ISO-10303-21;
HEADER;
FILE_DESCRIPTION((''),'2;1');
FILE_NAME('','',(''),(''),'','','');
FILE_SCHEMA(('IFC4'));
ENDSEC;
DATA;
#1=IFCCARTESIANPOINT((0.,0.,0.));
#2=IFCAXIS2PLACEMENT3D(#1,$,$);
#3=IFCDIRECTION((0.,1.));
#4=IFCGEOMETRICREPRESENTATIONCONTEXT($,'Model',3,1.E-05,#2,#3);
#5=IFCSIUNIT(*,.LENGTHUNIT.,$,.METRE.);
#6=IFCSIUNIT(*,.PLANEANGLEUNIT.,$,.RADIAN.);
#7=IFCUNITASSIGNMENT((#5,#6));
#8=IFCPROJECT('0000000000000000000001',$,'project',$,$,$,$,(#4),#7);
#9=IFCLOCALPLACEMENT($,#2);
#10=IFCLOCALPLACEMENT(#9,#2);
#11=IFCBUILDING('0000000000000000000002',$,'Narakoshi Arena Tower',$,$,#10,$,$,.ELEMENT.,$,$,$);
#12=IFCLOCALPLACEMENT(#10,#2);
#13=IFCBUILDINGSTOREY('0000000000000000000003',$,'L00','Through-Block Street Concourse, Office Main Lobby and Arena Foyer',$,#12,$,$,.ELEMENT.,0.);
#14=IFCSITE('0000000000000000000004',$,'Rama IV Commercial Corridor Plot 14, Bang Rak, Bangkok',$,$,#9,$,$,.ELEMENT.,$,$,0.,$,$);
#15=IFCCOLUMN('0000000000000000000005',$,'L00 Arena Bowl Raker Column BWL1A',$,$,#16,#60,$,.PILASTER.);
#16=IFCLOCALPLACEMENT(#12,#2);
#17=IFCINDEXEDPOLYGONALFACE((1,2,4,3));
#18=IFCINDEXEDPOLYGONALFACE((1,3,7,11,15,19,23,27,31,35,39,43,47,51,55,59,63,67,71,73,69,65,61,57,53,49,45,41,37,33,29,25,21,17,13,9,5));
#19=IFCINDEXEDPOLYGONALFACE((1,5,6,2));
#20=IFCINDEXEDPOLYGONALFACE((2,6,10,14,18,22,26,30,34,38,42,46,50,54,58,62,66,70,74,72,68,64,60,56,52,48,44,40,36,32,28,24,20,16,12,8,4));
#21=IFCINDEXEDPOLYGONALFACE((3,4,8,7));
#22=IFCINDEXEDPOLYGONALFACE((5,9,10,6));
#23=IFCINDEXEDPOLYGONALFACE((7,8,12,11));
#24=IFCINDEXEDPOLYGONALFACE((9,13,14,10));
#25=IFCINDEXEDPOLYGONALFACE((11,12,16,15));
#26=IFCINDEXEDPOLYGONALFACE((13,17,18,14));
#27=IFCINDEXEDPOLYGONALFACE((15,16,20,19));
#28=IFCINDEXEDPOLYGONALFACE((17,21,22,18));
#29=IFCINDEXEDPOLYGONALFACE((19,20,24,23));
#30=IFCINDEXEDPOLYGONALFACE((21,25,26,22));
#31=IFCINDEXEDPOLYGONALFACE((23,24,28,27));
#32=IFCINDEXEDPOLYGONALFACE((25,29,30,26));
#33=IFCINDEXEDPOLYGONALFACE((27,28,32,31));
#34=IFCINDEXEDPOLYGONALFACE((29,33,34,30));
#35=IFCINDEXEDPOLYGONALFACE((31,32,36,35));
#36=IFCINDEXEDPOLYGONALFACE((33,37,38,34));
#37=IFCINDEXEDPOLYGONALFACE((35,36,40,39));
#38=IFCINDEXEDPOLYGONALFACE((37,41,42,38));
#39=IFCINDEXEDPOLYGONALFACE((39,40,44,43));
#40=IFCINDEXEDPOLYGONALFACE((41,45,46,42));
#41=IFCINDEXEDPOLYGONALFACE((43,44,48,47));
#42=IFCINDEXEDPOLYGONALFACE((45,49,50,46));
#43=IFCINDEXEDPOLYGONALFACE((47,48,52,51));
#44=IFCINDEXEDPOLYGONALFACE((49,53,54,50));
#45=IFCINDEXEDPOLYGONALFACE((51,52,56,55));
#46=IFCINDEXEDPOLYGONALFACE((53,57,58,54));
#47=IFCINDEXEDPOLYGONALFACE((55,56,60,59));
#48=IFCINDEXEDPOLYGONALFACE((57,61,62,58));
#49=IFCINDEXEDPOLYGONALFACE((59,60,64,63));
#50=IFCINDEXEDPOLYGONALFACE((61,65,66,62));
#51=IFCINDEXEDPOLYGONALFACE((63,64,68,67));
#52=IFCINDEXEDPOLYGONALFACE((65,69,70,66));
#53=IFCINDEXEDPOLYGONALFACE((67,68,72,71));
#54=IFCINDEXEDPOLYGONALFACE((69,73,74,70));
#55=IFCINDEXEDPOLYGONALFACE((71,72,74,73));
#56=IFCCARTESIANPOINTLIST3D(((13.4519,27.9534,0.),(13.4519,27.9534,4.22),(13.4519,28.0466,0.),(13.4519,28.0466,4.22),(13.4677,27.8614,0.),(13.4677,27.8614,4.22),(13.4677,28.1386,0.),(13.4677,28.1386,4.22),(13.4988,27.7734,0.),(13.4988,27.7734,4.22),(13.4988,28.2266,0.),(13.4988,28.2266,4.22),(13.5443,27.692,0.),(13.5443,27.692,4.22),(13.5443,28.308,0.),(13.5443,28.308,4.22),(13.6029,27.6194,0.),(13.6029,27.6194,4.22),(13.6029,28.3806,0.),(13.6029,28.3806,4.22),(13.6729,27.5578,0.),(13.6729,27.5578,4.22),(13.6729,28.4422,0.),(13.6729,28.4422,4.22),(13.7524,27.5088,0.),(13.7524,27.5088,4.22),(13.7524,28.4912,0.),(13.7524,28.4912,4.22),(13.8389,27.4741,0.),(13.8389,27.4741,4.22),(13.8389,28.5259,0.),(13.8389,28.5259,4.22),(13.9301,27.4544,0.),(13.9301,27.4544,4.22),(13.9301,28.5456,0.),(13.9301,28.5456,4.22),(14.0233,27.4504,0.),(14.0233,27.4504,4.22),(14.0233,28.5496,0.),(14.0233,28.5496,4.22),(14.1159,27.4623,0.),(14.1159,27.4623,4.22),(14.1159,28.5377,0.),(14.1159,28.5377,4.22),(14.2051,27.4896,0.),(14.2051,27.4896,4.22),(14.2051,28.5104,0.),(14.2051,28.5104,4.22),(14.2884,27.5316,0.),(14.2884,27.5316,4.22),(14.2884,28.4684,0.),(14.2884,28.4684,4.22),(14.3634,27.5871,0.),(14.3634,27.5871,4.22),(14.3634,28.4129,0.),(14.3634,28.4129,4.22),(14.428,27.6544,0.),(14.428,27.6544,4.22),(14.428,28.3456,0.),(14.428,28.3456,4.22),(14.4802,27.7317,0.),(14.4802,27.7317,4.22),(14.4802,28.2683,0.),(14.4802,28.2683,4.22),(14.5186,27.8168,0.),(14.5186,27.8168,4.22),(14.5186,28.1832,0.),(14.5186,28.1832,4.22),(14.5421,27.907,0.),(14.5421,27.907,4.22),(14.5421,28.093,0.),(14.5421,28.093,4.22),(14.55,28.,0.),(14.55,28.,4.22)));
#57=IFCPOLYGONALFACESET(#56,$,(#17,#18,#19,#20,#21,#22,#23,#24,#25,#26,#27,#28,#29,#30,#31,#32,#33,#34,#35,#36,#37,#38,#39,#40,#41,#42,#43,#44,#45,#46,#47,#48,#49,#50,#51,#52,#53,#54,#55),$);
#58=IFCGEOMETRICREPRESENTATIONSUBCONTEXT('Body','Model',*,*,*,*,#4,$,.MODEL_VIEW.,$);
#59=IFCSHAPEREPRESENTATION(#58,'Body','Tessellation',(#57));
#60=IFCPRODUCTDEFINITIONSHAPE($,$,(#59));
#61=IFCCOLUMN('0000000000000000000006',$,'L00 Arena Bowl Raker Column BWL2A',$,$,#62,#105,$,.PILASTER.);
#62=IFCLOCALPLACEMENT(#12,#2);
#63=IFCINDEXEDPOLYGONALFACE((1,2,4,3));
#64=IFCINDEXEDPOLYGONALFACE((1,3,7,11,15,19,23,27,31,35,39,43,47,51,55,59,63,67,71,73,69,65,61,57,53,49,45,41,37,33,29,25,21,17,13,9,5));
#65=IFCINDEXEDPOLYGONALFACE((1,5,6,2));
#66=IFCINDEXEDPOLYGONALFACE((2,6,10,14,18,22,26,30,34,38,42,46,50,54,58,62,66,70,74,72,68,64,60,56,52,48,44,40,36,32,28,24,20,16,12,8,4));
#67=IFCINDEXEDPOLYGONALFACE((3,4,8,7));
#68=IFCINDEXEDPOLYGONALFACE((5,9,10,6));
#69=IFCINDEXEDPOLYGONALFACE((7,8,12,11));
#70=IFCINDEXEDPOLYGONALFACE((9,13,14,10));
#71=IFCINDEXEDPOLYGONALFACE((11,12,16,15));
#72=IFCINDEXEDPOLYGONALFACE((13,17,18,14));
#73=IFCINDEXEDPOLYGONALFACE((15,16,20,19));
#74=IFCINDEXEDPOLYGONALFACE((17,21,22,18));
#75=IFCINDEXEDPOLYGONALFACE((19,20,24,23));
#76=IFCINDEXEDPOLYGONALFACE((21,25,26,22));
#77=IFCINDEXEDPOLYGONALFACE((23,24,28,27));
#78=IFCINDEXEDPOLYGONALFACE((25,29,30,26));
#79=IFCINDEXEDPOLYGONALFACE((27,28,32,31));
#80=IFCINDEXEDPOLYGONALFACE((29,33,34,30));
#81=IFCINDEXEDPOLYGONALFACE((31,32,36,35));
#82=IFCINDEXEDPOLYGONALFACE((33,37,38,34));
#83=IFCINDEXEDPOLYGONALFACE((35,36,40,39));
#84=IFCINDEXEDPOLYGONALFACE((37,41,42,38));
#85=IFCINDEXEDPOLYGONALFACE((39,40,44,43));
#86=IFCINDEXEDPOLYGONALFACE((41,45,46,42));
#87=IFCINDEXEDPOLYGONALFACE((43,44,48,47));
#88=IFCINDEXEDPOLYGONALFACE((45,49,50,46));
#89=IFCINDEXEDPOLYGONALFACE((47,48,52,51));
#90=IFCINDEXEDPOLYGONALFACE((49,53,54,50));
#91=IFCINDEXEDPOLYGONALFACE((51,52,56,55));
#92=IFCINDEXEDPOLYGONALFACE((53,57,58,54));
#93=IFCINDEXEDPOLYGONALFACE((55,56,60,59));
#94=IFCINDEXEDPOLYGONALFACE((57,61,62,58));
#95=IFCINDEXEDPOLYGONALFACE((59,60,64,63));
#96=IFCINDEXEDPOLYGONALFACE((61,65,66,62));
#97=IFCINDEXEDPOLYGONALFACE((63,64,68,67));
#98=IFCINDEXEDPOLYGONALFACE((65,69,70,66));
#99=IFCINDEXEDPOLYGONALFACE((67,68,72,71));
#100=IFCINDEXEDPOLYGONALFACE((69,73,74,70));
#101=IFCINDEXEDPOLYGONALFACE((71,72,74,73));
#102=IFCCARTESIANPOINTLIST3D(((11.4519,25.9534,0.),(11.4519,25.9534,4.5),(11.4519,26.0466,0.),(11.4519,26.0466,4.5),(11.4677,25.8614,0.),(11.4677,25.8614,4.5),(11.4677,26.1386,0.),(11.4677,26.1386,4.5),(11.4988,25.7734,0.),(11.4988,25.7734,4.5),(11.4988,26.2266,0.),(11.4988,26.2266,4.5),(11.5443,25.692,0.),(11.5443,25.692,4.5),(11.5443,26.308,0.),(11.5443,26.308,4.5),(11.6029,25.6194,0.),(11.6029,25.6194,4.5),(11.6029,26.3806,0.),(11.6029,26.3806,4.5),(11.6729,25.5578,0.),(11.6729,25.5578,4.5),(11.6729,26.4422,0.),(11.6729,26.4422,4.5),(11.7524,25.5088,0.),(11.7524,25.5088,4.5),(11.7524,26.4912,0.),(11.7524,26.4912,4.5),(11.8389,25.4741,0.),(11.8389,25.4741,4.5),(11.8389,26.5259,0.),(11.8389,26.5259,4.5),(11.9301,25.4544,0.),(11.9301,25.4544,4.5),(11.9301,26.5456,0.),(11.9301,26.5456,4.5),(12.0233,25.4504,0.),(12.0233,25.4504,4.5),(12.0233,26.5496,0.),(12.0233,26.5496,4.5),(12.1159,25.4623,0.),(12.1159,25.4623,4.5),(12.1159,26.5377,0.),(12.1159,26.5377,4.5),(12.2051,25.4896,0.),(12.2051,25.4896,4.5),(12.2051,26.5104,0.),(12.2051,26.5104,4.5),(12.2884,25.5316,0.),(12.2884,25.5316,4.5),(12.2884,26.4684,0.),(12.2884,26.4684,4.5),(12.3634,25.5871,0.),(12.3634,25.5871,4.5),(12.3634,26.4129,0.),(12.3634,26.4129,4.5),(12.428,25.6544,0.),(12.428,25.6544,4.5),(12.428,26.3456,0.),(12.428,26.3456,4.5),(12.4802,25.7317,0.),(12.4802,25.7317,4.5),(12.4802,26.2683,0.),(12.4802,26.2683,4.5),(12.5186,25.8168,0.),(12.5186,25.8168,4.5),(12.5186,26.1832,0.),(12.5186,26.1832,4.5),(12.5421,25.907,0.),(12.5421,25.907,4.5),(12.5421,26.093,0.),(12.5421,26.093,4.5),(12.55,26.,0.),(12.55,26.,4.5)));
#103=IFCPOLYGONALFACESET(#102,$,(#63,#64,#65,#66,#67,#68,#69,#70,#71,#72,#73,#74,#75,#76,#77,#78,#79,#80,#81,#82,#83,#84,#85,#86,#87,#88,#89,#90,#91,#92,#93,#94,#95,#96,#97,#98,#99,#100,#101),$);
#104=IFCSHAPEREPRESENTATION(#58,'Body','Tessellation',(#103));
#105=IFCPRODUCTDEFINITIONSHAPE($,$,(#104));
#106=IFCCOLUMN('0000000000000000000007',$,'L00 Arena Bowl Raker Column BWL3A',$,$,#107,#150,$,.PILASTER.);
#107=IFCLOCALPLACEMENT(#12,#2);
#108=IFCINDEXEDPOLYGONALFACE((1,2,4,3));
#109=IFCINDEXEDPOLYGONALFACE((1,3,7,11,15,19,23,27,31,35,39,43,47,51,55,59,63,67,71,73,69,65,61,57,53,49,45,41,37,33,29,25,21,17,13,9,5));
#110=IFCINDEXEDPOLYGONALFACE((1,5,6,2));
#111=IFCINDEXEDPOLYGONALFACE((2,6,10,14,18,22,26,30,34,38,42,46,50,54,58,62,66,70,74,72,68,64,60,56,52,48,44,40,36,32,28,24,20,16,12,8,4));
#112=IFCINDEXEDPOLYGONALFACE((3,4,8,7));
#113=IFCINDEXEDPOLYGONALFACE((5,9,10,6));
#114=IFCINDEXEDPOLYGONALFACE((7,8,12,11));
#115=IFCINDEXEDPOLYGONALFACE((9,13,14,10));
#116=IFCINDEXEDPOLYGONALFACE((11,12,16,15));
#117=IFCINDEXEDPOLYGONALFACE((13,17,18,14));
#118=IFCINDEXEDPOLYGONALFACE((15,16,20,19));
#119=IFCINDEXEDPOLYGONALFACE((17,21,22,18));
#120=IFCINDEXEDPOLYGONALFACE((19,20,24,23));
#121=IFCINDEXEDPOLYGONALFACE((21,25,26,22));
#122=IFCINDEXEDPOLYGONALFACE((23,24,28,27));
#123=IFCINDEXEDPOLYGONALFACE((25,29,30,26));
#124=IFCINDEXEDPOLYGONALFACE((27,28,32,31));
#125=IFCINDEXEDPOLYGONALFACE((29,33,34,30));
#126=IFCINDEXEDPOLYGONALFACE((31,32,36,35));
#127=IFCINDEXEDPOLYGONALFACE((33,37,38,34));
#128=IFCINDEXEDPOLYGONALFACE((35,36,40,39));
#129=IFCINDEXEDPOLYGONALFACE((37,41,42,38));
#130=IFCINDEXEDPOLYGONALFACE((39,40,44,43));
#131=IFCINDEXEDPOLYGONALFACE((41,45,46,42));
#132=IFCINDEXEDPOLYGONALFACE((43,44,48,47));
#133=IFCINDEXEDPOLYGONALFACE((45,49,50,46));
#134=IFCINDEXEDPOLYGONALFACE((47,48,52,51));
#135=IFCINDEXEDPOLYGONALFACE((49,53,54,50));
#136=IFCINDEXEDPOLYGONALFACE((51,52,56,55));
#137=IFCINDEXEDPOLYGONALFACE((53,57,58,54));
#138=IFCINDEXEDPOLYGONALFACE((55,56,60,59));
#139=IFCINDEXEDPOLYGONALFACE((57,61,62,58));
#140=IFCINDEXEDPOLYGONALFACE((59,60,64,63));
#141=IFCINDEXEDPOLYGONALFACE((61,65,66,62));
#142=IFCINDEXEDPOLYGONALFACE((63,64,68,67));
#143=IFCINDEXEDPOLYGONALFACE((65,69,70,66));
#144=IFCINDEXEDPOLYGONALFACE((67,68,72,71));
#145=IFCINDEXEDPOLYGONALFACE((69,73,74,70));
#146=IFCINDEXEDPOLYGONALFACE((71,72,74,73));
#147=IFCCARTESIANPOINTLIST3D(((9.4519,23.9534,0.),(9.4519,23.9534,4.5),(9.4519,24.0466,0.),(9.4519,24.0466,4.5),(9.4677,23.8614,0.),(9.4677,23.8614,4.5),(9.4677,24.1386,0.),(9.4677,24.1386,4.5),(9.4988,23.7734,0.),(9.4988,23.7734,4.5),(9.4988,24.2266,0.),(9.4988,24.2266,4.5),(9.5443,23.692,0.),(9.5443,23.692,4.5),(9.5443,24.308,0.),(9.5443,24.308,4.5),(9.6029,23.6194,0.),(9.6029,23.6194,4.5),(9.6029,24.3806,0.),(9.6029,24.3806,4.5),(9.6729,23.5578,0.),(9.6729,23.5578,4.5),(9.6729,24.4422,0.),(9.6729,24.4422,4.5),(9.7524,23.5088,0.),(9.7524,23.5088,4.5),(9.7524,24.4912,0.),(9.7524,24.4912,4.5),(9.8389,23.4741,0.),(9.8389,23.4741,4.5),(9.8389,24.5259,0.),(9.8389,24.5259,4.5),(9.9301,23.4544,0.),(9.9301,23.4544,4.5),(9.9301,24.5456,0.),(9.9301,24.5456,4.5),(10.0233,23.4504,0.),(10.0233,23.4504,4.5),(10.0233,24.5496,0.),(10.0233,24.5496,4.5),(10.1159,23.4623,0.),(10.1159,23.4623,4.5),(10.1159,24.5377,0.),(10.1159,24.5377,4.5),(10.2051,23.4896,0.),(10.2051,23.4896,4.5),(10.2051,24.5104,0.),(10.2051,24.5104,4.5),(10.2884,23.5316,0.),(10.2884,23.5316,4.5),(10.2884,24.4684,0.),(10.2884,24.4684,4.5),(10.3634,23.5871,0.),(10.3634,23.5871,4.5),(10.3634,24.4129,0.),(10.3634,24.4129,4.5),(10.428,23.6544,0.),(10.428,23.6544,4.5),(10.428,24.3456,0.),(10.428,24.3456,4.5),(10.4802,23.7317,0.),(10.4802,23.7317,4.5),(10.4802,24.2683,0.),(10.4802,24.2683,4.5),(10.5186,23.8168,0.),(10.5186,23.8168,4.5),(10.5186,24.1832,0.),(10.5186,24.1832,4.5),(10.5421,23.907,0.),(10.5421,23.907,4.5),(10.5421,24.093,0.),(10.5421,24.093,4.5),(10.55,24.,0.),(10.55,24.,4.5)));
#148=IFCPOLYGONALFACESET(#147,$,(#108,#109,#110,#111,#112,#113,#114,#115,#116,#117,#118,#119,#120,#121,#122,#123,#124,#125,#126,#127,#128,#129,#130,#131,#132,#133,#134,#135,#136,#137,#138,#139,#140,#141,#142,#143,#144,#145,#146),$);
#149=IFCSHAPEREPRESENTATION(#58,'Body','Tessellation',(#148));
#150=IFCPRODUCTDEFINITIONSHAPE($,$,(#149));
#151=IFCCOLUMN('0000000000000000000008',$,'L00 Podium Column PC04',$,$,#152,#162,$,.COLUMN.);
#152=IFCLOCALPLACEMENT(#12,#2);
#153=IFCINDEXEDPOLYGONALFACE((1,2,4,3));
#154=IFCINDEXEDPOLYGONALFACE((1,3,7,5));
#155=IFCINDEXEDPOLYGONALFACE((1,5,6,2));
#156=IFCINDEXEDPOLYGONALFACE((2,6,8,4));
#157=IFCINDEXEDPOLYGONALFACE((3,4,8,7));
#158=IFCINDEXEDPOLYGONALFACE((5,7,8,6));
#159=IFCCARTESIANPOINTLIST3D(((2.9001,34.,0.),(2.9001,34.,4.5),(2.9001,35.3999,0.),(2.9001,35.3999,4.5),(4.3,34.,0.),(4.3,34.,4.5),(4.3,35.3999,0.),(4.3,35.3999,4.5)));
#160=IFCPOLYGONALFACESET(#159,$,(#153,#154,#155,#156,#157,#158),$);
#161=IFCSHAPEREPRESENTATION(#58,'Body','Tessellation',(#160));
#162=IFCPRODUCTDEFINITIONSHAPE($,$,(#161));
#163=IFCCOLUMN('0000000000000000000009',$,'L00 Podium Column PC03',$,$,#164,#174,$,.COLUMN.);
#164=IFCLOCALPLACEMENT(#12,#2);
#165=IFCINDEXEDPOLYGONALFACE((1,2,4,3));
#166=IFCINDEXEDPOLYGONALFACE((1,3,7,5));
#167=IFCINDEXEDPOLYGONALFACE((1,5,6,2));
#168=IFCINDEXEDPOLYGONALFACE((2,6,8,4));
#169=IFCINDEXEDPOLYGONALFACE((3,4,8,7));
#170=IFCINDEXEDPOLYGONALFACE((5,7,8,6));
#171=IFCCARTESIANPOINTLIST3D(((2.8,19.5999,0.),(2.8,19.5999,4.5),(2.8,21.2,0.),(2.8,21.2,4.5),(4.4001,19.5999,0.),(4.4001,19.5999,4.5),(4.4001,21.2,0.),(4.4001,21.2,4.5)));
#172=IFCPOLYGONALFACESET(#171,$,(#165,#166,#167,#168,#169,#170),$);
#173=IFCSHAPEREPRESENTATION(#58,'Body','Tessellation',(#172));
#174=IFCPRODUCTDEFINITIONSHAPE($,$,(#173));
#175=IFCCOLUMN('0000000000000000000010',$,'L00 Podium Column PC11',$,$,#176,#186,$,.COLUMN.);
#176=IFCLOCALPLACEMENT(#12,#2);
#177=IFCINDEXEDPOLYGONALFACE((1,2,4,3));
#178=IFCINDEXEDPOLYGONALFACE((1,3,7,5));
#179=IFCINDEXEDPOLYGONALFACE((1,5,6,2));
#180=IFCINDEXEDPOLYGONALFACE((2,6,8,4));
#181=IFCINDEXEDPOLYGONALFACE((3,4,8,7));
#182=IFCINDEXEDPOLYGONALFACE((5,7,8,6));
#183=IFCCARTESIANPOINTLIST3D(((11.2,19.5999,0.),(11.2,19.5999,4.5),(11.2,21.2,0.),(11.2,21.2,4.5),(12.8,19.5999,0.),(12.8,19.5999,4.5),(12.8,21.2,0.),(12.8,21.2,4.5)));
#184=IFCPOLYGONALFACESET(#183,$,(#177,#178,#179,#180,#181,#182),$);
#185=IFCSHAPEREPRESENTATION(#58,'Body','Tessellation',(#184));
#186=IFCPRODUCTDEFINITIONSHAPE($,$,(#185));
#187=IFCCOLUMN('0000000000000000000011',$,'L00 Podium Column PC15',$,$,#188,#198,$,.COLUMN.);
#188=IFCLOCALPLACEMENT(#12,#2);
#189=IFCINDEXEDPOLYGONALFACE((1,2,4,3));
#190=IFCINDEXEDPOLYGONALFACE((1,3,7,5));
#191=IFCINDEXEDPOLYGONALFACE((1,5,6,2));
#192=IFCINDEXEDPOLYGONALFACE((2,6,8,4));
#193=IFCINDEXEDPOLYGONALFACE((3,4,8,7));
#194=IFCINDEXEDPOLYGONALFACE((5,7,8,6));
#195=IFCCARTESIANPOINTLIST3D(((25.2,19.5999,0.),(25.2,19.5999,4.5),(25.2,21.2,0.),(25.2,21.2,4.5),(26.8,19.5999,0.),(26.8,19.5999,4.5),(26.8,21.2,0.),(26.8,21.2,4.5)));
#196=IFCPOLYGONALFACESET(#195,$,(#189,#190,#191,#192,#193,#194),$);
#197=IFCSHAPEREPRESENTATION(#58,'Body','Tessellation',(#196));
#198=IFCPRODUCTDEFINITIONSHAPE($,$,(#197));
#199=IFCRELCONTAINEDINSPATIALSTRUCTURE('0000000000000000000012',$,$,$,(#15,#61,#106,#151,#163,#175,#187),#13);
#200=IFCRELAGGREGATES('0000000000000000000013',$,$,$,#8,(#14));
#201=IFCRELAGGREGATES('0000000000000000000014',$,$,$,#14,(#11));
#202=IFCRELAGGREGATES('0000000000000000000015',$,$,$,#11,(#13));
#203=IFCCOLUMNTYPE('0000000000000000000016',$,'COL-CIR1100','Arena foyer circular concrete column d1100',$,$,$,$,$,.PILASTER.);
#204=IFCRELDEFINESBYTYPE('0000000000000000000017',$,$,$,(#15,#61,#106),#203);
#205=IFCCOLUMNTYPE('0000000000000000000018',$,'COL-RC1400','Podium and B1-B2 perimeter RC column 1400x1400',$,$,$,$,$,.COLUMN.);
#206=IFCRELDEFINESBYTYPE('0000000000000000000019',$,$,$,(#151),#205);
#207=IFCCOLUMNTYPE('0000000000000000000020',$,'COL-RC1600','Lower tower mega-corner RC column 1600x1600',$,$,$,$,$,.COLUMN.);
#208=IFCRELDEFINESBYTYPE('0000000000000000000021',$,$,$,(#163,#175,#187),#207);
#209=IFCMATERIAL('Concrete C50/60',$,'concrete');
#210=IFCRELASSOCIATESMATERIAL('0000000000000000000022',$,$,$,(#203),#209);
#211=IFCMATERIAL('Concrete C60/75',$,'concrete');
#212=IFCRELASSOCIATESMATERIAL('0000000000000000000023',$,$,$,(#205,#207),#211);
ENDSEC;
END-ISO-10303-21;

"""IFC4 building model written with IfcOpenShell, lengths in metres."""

from ifc_helpers import new_model, si_unit, direction, frame, origin, origin_2d, place, context, subcontext, project, spatial, rectangle, circle, extrude, material, material_profile, profile_set, type_object, element, save


model = new_model("IFC4")

# Units and contexts
model_context = context("Model", 3, precision=1e-05, world=origin(), true_north=direction((0.0, 1.0)))
body_context = subcontext(model_context, "Body", "Model", "MODEL_VIEW")
ifc_project = project(units=[si_unit("LENGTHUNIT", "METRE"), si_unit("PLANEANGLEUNIT", "RADIAN")], contexts=[model_context])

# Site, building, storey
site_placement = place(None, origin())
site = spatial("IfcSite", under=ifc_project, at=site_placement, Name="Rama IV Commercial Corridor Plot 14, Bang Rak, Bangkok", CompositionType="ELEMENT", RefElevation=0.0)
building_placement = place(site_placement, origin())
building = spatial("IfcBuilding", under=site, at=building_placement, Name="Narakoshi Arena Tower", CompositionType="ELEMENT")
storey_placement = place(building_placement, origin())
storey = spatial("IfcBuildingStorey", under=building, at=storey_placement, Name="L00", Description="Through-Block Street Concourse, Office Main Lobby and Arena Foyer", CompositionType="ELEMENT", Elevation=0.0)

# Columns
ifc_material_1 = material(Name="Concrete C50/60", Category="concrete")
ifc_material_profile_1 = material_profile(ifc_material_1, circle(Radius=0.55, at=origin_2d()), Name="RCC1100")
ifc_profile_set_1 = profile_set([ifc_material_profile_1], Name="Concrete C50/60")
column_type_1 = type_object("IfcColumnType", Name="COL-CIR1100", Description="Arena foyer circular concrete column d1100", PredefinedType="PILASTER", material=ifc_profile_set_1)
column_1_placement = place(storey_placement, frame((14.0, 28.0, 0.0), z_axis=(0.0, 0.0, 1.0), x_axis=(1.0, 0.0, 0.0)))
element("IfcColumn", 1, at=column_1_placement, inside=storey, type_object=column_type_1, Name="L00 Arena Bowl Raker Column BWL1A", PredefinedType="PILASTER", context=body_context, shape_type="SweptSolid", body=[
    extrude(circle(Radius=0.55, at=origin_2d()), origin(), (0.0, 0.0, 1.0), 4.22),
])
for number, where, z_axis, x_axis, name in (
    (2, (12.0, 26.0, 0.0), (0.0, 0.0, 1.0), (1.0, 0.0, 0.0), "L00 Arena Bowl Raker Column BWL2A"),
    (3, (10.0, 24.0, 0.0), (0.0, 0.0, 1.0), (1.0, 0.0, 0.0), "L00 Arena Bowl Raker Column BWL3A"),
):
    element("IfcColumn", number, at=place(storey_placement, frame(where, z_axis=z_axis, x_axis=x_axis)), inside=storey, type_object=column_type_1, Name=name, PredefinedType="PILASTER", context=body_context, shape_type="SweptSolid", body=[
        extrude(circle(Radius=0.55, at=origin_2d()), origin(), (0.0, 0.0, 1.0), 4.5),
    ])
ifc_material_2 = material(Name="Concrete C60/75", Category="concrete")
ifc_material_profile_2 = material_profile(ifc_material_2, rectangle(XDim=1.3999, YDim=1.3999, at=origin_2d()), Name="RC1400x1400")
ifc_profile_set_2 = profile_set([ifc_material_profile_2], Name="Concrete C60/75")
column_type_2 = type_object("IfcColumnType", Name="COL-RC1400", Description="Podium and B1-B2 perimeter RC column 1400x1400", PredefinedType="COLUMN", material=ifc_profile_set_2)
column_2_placement = place(storey_placement, frame((3.6001, 34.7, 0.0), z_axis=(0.0, 0.0, 1.0), x_axis=(1.0, 0.0, 0.0)))
element("IfcColumn", 4, at=column_2_placement, inside=storey, type_object=column_type_2, Name="L00 Podium Column PC04", PredefinedType="COLUMN", context=body_context, shape_type="SweptSolid", body=[
    extrude(rectangle(XDim=1.3999, YDim=1.3999, at=origin_2d()), origin(), (0.0, 0.0, 1.0), 4.5),
])
ifc_material_profile_3 = material_profile(ifc_material_2, rectangle(XDim=1.6001, YDim=1.6001, at=origin_2d()), Name="RC1600x1600")
ifc_profile_set_3 = profile_set([ifc_material_profile_3], Name="Concrete C60/75")
column_type_3 = type_object("IfcColumnType", Name="COL-RC1600", Description="Lower tower mega-corner RC column 1600x1600", PredefinedType="COLUMN", material=ifc_profile_set_3)
for number, where, z_axis, x_axis, name in (
    (5, (3.6001, 20.3999, 0.0), (0.0, 0.0, 1.0), (1.0, 0.0, 0.0), "L00 Podium Column PC03"),
    (6, (12.0, 20.3999, 0.0), (0.0, 0.0, 1.0), (1.0, 0.0, 0.0), "L00 Podium Column PC11"),
    (7, (26.0, 20.3999, 0.0), (0.0, 0.0, 1.0), (1.0, 0.0, 0.0), "L00 Podium Column PC15"),
):
    element("IfcColumn", number, at=place(storey_placement, frame(where, z_axis=z_axis, x_axis=x_axis)), inside=storey, type_object=column_type_3, Name=name, PredefinedType="COLUMN", context=body_context, shape_type="SweptSolid", body=[
        extrude(rectangle(XDim=1.6001, YDim=1.6001, at=origin_2d()), origin(), (0.0, 0.0, 1.0), 4.5),
    ])

save(model, "model.ifc")
